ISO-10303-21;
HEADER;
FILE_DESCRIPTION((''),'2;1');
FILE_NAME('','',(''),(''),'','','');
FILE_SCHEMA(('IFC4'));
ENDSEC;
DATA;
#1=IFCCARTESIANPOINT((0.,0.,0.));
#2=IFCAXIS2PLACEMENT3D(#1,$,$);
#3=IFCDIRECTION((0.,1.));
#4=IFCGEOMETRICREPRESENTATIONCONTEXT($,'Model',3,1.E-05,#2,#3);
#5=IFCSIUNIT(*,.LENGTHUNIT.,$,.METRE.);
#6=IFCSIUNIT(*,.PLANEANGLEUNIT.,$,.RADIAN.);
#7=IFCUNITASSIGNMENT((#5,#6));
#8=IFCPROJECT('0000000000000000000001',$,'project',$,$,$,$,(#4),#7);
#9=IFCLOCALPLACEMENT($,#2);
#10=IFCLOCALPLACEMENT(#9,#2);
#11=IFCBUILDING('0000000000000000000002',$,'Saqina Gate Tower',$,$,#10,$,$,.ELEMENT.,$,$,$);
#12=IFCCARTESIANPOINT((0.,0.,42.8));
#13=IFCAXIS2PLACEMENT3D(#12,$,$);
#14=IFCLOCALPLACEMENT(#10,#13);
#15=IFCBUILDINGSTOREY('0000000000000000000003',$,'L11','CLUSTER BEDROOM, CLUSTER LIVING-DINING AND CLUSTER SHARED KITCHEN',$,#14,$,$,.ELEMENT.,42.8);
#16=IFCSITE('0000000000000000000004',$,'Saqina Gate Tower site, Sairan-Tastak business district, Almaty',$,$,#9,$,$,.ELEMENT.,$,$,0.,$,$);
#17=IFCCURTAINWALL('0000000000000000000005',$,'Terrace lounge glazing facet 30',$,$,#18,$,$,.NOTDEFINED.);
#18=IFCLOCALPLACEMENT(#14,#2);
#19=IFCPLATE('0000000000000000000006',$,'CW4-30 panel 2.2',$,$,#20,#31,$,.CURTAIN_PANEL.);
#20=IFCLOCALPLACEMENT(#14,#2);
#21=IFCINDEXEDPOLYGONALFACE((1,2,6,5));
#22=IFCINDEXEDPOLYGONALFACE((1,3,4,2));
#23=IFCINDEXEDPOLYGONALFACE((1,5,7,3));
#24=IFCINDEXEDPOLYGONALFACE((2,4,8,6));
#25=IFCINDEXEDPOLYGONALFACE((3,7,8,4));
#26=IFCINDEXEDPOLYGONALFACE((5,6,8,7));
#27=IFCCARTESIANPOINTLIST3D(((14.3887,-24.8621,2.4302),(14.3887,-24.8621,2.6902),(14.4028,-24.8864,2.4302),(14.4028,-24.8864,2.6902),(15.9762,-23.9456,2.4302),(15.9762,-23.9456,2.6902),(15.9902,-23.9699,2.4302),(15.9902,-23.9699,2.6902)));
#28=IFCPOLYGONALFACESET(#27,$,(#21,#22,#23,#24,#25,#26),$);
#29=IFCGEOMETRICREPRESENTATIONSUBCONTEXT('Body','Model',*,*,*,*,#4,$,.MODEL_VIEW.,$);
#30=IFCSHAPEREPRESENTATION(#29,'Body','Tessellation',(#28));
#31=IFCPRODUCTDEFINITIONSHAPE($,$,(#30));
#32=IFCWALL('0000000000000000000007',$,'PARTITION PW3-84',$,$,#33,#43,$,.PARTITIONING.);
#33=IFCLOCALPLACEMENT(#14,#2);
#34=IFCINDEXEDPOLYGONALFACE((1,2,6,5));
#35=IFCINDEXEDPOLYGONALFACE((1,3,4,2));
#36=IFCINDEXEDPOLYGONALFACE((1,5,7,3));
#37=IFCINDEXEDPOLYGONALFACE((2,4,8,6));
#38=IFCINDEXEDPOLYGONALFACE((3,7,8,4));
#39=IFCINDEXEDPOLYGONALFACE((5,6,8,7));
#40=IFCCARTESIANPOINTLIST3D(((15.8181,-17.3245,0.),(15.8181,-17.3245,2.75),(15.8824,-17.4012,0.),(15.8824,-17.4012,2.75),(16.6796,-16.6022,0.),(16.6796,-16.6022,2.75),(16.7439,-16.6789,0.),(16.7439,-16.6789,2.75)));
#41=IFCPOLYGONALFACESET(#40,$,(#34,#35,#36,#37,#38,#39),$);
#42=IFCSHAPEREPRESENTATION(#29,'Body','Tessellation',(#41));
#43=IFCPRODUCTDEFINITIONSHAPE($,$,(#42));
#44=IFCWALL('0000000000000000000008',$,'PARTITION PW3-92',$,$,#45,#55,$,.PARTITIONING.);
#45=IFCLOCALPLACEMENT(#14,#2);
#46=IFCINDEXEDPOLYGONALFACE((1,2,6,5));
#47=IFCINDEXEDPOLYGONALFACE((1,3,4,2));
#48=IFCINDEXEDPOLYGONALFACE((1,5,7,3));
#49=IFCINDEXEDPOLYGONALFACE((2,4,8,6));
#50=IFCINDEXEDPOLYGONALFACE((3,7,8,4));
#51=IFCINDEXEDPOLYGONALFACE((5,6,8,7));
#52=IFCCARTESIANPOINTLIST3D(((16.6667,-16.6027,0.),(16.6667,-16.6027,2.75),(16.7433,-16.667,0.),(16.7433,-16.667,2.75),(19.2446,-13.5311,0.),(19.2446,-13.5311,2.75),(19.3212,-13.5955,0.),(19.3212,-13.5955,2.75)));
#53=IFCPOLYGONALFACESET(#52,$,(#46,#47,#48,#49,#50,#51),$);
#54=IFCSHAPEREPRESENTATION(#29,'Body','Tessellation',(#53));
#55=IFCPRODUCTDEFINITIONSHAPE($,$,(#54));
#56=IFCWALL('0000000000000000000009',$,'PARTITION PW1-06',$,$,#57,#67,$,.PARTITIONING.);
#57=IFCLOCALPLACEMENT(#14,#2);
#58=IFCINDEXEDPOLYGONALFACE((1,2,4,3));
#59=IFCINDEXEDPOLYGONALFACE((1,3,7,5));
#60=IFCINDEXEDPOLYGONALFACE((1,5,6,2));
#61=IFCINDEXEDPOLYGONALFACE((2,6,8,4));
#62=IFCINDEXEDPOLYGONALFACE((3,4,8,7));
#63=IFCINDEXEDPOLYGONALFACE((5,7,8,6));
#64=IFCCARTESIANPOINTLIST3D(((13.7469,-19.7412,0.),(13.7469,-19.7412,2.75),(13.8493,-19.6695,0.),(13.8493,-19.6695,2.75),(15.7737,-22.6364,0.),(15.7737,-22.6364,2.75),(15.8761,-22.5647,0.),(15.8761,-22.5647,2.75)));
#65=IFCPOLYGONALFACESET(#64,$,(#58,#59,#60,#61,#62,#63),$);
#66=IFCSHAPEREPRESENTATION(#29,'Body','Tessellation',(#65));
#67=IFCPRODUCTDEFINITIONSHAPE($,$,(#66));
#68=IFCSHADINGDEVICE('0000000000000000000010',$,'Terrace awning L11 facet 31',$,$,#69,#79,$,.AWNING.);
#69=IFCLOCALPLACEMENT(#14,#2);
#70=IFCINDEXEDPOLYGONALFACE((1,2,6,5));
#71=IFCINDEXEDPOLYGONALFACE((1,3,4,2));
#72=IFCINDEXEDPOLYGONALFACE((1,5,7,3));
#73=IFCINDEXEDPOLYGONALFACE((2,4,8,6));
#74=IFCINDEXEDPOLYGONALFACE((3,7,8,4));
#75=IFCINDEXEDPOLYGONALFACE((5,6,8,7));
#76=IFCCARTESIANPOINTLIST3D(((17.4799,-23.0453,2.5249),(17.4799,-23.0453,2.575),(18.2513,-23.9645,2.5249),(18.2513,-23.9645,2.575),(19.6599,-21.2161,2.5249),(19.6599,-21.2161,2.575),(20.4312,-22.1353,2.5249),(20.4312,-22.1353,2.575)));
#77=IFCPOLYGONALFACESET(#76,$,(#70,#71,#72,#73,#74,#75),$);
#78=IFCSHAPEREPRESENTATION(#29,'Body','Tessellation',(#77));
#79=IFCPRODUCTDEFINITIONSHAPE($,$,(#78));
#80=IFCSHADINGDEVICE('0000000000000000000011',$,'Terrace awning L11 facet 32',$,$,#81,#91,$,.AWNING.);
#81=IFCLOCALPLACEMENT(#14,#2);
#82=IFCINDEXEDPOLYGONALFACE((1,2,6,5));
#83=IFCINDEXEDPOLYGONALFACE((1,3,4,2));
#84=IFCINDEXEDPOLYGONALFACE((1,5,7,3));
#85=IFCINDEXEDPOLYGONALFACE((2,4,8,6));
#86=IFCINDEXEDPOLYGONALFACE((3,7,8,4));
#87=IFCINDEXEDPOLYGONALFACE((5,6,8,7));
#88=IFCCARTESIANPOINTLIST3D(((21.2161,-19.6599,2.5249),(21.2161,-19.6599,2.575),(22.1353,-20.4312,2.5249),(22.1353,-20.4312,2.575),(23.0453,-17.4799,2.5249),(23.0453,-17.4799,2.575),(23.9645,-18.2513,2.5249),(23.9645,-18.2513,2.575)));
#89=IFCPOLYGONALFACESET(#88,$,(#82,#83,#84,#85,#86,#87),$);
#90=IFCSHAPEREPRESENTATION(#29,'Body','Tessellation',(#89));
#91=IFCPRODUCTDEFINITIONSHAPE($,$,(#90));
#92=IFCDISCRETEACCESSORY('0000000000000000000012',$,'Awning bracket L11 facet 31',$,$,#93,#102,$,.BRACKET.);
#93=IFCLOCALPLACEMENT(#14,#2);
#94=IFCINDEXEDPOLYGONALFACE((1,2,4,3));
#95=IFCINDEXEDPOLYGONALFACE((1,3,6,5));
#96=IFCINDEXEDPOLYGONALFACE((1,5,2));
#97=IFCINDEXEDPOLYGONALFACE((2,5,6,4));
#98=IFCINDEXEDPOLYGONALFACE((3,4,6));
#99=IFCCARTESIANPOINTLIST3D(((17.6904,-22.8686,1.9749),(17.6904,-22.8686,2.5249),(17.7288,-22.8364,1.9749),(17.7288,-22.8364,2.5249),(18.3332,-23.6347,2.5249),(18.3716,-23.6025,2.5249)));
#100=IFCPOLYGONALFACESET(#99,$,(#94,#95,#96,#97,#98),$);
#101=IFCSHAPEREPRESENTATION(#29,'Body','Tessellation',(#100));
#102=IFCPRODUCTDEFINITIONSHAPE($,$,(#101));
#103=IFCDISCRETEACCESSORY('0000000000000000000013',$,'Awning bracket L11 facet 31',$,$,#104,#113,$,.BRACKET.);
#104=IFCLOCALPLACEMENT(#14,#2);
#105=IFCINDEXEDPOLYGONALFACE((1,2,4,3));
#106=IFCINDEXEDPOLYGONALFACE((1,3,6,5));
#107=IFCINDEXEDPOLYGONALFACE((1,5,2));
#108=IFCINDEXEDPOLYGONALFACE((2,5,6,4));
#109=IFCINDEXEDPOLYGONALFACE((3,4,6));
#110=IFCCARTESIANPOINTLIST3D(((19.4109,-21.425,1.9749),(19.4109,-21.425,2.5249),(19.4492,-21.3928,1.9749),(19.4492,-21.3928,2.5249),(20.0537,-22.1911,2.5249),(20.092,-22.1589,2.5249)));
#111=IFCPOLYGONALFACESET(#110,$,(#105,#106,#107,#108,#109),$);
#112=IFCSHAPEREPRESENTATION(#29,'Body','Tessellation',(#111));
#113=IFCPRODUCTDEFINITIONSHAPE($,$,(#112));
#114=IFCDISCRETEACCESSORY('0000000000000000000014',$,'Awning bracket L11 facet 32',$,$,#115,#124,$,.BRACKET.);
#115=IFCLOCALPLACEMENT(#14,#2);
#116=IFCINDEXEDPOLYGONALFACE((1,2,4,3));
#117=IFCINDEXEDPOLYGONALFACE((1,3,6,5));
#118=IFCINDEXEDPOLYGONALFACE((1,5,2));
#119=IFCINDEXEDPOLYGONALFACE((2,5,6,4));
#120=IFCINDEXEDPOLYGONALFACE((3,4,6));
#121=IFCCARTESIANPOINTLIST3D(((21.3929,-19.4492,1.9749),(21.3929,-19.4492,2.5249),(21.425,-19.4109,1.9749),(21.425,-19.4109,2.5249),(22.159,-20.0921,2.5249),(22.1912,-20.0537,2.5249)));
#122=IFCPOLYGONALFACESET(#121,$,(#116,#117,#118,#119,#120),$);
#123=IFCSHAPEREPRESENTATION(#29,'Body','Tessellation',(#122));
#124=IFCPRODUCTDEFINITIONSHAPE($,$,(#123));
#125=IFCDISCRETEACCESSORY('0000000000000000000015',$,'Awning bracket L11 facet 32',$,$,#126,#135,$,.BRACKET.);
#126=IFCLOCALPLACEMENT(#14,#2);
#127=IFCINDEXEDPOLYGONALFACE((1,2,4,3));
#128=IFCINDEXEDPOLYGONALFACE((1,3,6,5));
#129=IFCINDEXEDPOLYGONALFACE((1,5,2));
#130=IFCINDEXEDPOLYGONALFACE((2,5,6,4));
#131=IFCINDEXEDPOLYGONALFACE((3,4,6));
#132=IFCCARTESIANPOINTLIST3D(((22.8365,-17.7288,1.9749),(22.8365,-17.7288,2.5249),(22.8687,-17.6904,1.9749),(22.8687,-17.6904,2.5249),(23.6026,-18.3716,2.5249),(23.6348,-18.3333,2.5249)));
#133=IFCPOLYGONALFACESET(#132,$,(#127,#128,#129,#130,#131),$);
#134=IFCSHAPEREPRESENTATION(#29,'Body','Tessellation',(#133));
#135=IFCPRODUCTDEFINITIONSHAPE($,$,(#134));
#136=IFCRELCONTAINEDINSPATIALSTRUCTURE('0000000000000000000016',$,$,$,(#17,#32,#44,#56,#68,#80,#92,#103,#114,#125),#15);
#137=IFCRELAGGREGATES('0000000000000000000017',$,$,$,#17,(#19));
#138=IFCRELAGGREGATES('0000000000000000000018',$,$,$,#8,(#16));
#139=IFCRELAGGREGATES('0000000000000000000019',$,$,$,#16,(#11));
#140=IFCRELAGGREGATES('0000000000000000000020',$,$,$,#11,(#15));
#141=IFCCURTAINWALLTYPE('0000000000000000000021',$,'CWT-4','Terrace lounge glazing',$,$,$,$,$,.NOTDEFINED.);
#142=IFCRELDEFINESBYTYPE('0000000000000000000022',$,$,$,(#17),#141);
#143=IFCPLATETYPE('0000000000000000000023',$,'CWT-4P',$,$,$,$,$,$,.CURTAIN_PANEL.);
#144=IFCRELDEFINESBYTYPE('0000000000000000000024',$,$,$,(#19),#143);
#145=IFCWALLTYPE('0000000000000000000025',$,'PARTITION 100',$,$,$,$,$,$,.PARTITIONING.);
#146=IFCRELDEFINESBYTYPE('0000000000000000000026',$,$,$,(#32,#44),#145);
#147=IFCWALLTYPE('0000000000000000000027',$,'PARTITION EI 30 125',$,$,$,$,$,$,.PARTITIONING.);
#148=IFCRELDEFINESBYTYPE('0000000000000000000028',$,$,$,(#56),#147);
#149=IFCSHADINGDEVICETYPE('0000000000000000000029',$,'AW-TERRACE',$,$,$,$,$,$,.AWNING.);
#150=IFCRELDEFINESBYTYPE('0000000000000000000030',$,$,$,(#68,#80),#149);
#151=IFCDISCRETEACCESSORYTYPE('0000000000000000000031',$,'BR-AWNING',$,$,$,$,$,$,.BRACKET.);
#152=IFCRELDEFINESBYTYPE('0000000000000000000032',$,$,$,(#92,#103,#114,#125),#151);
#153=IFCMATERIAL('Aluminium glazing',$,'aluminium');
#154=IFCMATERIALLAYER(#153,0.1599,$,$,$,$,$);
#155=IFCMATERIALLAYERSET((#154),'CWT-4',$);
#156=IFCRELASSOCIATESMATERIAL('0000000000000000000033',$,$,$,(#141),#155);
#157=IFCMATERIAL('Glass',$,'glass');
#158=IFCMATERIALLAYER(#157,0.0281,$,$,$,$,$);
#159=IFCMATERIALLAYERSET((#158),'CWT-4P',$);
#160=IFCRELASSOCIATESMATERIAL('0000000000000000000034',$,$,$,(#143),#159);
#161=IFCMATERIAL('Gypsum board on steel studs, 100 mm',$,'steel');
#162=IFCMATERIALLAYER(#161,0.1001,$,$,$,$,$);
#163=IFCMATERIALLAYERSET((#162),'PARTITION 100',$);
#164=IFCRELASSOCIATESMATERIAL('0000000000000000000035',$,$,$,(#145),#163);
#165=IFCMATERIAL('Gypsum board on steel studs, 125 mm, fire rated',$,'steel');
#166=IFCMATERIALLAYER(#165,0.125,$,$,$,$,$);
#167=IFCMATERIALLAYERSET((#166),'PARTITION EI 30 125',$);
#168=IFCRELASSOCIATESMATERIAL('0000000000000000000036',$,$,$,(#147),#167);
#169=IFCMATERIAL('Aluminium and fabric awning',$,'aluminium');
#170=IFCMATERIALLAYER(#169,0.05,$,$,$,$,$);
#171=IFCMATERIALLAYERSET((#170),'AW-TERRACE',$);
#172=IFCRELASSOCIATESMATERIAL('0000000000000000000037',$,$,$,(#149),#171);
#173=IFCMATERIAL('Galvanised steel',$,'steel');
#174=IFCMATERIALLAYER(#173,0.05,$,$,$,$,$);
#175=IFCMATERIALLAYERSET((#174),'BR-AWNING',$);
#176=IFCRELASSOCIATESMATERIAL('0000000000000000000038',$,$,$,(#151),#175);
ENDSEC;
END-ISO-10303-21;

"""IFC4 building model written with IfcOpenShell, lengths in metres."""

from ifc_helpers import new_model, si_unit, direction, frame, frame_2d, origin, origin_2d, place, context, subcontext, project, spatial, polyline, rectangle, outline, extrude, material, layer, layer_set, type_object, element, aggregate, save


model = new_model("IFC4")

# Units and contexts
model_context = context("Model", 3, precision=1e-05, world=origin(), true_north=direction((0.0, 1.0)))
body_context = subcontext(model_context, "Body", "Model", "MODEL_VIEW")
ifc_project = project(units=[si_unit("LENGTHUNIT", "METRE"), si_unit("PLANEANGLEUNIT", "RADIAN")], contexts=[model_context])

# Site, building, storey
site_placement = place(None, origin())
site = spatial("IfcSite", under=ifc_project, at=site_placement, Name="Saqina Gate Tower site, Sairan-Tastak business district, Almaty", CompositionType="ELEMENT", RefElevation=0.0)
building_placement = place(site_placement, origin())
building = spatial("IfcBuilding", under=site, at=building_placement, Name="Saqina Gate Tower", CompositionType="ELEMENT")
storey_placement = place(building_placement, frame((0.0, 0.0, 42.8)))
storey = spatial("IfcBuildingStorey", under=building, at=storey_placement, Name="L11", Description="CLUSTER BEDROOM, CLUSTER LIVING-DINING AND CLUSTER SHARED KITCHEN", CompositionType="ELEMENT", Elevation=42.8)

# Curtain wall
ifc_material_1 = material(Name="Aluminium glazing", Category="aluminium")
ifc_layer_1 = layer(ifc_material_1, 0.1599)
ifc_layer_set_1 = layer_set([ifc_layer_1], Name="CWT-4")
curtain_wall_type = type_object("IfcCurtainWallType", Name="CWT-4", Description="Terrace lounge glazing", PredefinedType="NOTDEFINED", material=ifc_layer_set_1)
curtain_wall_1_placement = place(storey_placement, origin())
curtain_wall_1 = element("IfcCurtainWall", 1, at=curtain_wall_1_placement, inside=storey, type_object=curtain_wall_type, Name="Terrace lounge glazing facet 30", PredefinedType="NOTDEFINED")

# Plate
ifc_material_2 = material(Name="Glass", Category="glass")
ifc_layer_2 = layer(ifc_material_2, 0.0281)
ifc_layer_set_2 = layer_set([ifc_layer_2], Name="CWT-4P")
plate_type = type_object("IfcPlateType", Name="CWT-4P", PredefinedType="CURTAIN_PANEL", material=ifc_layer_set_2)
plate_1_placement = place(storey_placement, frame((15.1895, -24.416, 2.4302), z_axis=(0.0, 0.0, 1.0), x_axis=(0.866028, 0.499996, 0.0)))
plate_1 = element("IfcPlate", 2, at=plate_1_placement, type_object=plate_type, Name="CW4-30 panel 2.2", PredefinedType="CURTAIN_PANEL", context=body_context, shape_type="SweptSolid", body=[
    extrude(rectangle(XDim=1.833, YDim=0.0281, at=origin_2d()), origin(), (0.0, 0.0, 1.0), 0.26),
])
aggregate(curtain_wall_1, [plate_1])

# Walls
ifc_material_3 = material(Name="Gypsum board on steel studs, 100 mm", Category="steel")
ifc_layer_3 = layer(ifc_material_3, 0.1001)
ifc_layer_set_3 = layer_set([ifc_layer_3], Name="PARTITION 100")
wall_type_1 = type_object("IfcWallType", Name="PARTITION 100", PredefinedType="PARTITIONING", material=ifc_layer_set_3)
wall_1_placement = place(storey_placement, frame((15.8503, -17.3628, 0.0), z_axis=(0.0, 0.0, 1.0), x_axis=(0.766278, 0.642509, 0.0)))
element("IfcWall", 3, at=wall_1_placement, inside=storey, type_object=wall_type_1, Name="PARTITION PW3-84", PredefinedType="PARTITIONING", context=body_context, shape_type="SweptSolid", body=[
    extrude(rectangle(XDim=1.1243, YDim=0.1001, at=frame_2d((0.562, 0.0))), origin(), (0.0, 0.0, 1.0), 2.75),
])
wall_2_placement = place(storey_placement, frame((16.7051, -16.6348, 0.0), z_axis=(0.0, 0.0, 1.0), x_axis=(0.642869, 0.765976, 0.0)))
element("IfcWall", 4, at=wall_2_placement, inside=storey, type_object=wall_type_1, Name="PARTITION PW3-92", PredefinedType="PARTITIONING", context=body_context, shape_type="SweptSolid", body=[
    extrude(rectangle(XDim=4.01, YDim=0.1001, at=frame_2d((2.0049, 0.0))), origin(), (0.0, 0.0, 1.0), 2.75),
])
ifc_material_4 = material(Name="Gypsum board on steel studs, 125 mm, fire rated", Category="steel")
ifc_layer_4 = layer(ifc_material_4, 0.125)
ifc_layer_set_4 = layer_set([ifc_layer_4], Name="PARTITION EI 30 125")
wall_type_2 = type_object("IfcWallType", Name="PARTITION EI 30 125", PredefinedType="PARTITIONING", material=ifc_layer_set_4)
wall_3_placement = place(storey_placement, frame((13.7981, -19.7053, 0.0), z_axis=(0.0, 0.0, 1.0), x_axis=(0.573495, -0.819209, 0.0)))
element("IfcWall", 5, at=wall_3_placement, inside=storey, type_object=wall_type_2, Name="PARTITION PW1-06", PredefinedType="PARTITIONING", context=body_context, shape_type="SweptSolid", body=[
    extrude(rectangle(XDim=3.5342, YDim=0.125, at=frame_2d((1.7671, 0.0))), origin(), (0.0, 0.0, 1.0), 2.75),
])

# Shading devices
ifc_material_5 = material(Name="Aluminium and fabric awning", Category="aluminium")
ifc_layer_5 = layer(ifc_material_5, 0.05)
ifc_layer_set_5 = layer_set([ifc_layer_5], Name="AW-TERRACE")
shading_device_type = type_object("IfcShadingDeviceType", Name="AW-TERRACE", PredefinedType="AWNING", material=ifc_layer_set_5)
for number, where, z_axis, x_axis, name in (
    (6, (18.9556, -22.5903, 2.5249), (0.0, 0.0, 1.0), (0.766044, 0.642788, 0.0), "Terrace awning L11 facet 31"),
    (7, (22.5903, -18.9556, 2.5249), (0.0, 0.0, 1.0), (0.642788, 0.766044, 0.0), "Terrace awning L11 facet 32"),
):
    element("IfcShadingDevice", number, at=place(storey_placement, frame(where, z_axis=z_axis, x_axis=x_axis)), inside=storey, type_object=shading_device_type, Name=name, PredefinedType="AWNING", context=body_context, shape_type="SweptSolid", body=[
        extrude(rectangle(XDim=2.8457, YDim=1.2, at=origin_2d()), origin(), (0.0, 0.0, 1.0), 0.05),
    ])

# Discrete accessories
ifc_material_6 = material(Name="Galvanised steel", Category="steel")
ifc_layer_6 = layer(ifc_material_6, 0.05)
ifc_layer_set_6 = layer_set([ifc_layer_6], Name="BR-AWNING")
discrete_accessory_type = type_object("IfcDiscreteAccessoryType", Name="BR-AWNING", PredefinedType="BRACKET", material=ifc_layer_set_6)
for number, where, z_axis, x_axis, name in (
    (8, (17.7288, -22.8364, 1.9749), (0.766056, 0.642774, 0.0), (0.0, 0.0, 1.0), "Awning bracket L11 facet 31"),
    (9, (19.4492, -21.3928, 1.9749), (0.766056, 0.642774, 0.0), (0.0, 0.0, 1.0), "Awning bracket L11 facet 31"),
    (10, (21.425, -19.4109, 1.9749), (0.642774, 0.766056, 0.0), (0.0, 0.0, 1.0), "Awning bracket L11 facet 32"),
    (11, (22.8687, -17.6904, 1.9749), (0.642774, 0.766056, 0.0), (0.0, 0.0, 1.0), "Awning bracket L11 facet 32"),
):
    element("IfcDiscreteAccessory", number, at=place(storey_placement, frame(where, z_axis=z_axis, x_axis=x_axis)), inside=storey, type_object=discrete_accessory_type, Name=name, PredefinedType="BRACKET", context=body_context, shape_type="SweptSolid", body=[
        extrude(outline(polyline([(0.0, 0.0), (0.55, 0.0), (0.55, 1.0001), (0.0, 0.0)])), origin(), (0.0, 0.0, -1.0), 0.05),
    ])

save(model, "model.ifc")
